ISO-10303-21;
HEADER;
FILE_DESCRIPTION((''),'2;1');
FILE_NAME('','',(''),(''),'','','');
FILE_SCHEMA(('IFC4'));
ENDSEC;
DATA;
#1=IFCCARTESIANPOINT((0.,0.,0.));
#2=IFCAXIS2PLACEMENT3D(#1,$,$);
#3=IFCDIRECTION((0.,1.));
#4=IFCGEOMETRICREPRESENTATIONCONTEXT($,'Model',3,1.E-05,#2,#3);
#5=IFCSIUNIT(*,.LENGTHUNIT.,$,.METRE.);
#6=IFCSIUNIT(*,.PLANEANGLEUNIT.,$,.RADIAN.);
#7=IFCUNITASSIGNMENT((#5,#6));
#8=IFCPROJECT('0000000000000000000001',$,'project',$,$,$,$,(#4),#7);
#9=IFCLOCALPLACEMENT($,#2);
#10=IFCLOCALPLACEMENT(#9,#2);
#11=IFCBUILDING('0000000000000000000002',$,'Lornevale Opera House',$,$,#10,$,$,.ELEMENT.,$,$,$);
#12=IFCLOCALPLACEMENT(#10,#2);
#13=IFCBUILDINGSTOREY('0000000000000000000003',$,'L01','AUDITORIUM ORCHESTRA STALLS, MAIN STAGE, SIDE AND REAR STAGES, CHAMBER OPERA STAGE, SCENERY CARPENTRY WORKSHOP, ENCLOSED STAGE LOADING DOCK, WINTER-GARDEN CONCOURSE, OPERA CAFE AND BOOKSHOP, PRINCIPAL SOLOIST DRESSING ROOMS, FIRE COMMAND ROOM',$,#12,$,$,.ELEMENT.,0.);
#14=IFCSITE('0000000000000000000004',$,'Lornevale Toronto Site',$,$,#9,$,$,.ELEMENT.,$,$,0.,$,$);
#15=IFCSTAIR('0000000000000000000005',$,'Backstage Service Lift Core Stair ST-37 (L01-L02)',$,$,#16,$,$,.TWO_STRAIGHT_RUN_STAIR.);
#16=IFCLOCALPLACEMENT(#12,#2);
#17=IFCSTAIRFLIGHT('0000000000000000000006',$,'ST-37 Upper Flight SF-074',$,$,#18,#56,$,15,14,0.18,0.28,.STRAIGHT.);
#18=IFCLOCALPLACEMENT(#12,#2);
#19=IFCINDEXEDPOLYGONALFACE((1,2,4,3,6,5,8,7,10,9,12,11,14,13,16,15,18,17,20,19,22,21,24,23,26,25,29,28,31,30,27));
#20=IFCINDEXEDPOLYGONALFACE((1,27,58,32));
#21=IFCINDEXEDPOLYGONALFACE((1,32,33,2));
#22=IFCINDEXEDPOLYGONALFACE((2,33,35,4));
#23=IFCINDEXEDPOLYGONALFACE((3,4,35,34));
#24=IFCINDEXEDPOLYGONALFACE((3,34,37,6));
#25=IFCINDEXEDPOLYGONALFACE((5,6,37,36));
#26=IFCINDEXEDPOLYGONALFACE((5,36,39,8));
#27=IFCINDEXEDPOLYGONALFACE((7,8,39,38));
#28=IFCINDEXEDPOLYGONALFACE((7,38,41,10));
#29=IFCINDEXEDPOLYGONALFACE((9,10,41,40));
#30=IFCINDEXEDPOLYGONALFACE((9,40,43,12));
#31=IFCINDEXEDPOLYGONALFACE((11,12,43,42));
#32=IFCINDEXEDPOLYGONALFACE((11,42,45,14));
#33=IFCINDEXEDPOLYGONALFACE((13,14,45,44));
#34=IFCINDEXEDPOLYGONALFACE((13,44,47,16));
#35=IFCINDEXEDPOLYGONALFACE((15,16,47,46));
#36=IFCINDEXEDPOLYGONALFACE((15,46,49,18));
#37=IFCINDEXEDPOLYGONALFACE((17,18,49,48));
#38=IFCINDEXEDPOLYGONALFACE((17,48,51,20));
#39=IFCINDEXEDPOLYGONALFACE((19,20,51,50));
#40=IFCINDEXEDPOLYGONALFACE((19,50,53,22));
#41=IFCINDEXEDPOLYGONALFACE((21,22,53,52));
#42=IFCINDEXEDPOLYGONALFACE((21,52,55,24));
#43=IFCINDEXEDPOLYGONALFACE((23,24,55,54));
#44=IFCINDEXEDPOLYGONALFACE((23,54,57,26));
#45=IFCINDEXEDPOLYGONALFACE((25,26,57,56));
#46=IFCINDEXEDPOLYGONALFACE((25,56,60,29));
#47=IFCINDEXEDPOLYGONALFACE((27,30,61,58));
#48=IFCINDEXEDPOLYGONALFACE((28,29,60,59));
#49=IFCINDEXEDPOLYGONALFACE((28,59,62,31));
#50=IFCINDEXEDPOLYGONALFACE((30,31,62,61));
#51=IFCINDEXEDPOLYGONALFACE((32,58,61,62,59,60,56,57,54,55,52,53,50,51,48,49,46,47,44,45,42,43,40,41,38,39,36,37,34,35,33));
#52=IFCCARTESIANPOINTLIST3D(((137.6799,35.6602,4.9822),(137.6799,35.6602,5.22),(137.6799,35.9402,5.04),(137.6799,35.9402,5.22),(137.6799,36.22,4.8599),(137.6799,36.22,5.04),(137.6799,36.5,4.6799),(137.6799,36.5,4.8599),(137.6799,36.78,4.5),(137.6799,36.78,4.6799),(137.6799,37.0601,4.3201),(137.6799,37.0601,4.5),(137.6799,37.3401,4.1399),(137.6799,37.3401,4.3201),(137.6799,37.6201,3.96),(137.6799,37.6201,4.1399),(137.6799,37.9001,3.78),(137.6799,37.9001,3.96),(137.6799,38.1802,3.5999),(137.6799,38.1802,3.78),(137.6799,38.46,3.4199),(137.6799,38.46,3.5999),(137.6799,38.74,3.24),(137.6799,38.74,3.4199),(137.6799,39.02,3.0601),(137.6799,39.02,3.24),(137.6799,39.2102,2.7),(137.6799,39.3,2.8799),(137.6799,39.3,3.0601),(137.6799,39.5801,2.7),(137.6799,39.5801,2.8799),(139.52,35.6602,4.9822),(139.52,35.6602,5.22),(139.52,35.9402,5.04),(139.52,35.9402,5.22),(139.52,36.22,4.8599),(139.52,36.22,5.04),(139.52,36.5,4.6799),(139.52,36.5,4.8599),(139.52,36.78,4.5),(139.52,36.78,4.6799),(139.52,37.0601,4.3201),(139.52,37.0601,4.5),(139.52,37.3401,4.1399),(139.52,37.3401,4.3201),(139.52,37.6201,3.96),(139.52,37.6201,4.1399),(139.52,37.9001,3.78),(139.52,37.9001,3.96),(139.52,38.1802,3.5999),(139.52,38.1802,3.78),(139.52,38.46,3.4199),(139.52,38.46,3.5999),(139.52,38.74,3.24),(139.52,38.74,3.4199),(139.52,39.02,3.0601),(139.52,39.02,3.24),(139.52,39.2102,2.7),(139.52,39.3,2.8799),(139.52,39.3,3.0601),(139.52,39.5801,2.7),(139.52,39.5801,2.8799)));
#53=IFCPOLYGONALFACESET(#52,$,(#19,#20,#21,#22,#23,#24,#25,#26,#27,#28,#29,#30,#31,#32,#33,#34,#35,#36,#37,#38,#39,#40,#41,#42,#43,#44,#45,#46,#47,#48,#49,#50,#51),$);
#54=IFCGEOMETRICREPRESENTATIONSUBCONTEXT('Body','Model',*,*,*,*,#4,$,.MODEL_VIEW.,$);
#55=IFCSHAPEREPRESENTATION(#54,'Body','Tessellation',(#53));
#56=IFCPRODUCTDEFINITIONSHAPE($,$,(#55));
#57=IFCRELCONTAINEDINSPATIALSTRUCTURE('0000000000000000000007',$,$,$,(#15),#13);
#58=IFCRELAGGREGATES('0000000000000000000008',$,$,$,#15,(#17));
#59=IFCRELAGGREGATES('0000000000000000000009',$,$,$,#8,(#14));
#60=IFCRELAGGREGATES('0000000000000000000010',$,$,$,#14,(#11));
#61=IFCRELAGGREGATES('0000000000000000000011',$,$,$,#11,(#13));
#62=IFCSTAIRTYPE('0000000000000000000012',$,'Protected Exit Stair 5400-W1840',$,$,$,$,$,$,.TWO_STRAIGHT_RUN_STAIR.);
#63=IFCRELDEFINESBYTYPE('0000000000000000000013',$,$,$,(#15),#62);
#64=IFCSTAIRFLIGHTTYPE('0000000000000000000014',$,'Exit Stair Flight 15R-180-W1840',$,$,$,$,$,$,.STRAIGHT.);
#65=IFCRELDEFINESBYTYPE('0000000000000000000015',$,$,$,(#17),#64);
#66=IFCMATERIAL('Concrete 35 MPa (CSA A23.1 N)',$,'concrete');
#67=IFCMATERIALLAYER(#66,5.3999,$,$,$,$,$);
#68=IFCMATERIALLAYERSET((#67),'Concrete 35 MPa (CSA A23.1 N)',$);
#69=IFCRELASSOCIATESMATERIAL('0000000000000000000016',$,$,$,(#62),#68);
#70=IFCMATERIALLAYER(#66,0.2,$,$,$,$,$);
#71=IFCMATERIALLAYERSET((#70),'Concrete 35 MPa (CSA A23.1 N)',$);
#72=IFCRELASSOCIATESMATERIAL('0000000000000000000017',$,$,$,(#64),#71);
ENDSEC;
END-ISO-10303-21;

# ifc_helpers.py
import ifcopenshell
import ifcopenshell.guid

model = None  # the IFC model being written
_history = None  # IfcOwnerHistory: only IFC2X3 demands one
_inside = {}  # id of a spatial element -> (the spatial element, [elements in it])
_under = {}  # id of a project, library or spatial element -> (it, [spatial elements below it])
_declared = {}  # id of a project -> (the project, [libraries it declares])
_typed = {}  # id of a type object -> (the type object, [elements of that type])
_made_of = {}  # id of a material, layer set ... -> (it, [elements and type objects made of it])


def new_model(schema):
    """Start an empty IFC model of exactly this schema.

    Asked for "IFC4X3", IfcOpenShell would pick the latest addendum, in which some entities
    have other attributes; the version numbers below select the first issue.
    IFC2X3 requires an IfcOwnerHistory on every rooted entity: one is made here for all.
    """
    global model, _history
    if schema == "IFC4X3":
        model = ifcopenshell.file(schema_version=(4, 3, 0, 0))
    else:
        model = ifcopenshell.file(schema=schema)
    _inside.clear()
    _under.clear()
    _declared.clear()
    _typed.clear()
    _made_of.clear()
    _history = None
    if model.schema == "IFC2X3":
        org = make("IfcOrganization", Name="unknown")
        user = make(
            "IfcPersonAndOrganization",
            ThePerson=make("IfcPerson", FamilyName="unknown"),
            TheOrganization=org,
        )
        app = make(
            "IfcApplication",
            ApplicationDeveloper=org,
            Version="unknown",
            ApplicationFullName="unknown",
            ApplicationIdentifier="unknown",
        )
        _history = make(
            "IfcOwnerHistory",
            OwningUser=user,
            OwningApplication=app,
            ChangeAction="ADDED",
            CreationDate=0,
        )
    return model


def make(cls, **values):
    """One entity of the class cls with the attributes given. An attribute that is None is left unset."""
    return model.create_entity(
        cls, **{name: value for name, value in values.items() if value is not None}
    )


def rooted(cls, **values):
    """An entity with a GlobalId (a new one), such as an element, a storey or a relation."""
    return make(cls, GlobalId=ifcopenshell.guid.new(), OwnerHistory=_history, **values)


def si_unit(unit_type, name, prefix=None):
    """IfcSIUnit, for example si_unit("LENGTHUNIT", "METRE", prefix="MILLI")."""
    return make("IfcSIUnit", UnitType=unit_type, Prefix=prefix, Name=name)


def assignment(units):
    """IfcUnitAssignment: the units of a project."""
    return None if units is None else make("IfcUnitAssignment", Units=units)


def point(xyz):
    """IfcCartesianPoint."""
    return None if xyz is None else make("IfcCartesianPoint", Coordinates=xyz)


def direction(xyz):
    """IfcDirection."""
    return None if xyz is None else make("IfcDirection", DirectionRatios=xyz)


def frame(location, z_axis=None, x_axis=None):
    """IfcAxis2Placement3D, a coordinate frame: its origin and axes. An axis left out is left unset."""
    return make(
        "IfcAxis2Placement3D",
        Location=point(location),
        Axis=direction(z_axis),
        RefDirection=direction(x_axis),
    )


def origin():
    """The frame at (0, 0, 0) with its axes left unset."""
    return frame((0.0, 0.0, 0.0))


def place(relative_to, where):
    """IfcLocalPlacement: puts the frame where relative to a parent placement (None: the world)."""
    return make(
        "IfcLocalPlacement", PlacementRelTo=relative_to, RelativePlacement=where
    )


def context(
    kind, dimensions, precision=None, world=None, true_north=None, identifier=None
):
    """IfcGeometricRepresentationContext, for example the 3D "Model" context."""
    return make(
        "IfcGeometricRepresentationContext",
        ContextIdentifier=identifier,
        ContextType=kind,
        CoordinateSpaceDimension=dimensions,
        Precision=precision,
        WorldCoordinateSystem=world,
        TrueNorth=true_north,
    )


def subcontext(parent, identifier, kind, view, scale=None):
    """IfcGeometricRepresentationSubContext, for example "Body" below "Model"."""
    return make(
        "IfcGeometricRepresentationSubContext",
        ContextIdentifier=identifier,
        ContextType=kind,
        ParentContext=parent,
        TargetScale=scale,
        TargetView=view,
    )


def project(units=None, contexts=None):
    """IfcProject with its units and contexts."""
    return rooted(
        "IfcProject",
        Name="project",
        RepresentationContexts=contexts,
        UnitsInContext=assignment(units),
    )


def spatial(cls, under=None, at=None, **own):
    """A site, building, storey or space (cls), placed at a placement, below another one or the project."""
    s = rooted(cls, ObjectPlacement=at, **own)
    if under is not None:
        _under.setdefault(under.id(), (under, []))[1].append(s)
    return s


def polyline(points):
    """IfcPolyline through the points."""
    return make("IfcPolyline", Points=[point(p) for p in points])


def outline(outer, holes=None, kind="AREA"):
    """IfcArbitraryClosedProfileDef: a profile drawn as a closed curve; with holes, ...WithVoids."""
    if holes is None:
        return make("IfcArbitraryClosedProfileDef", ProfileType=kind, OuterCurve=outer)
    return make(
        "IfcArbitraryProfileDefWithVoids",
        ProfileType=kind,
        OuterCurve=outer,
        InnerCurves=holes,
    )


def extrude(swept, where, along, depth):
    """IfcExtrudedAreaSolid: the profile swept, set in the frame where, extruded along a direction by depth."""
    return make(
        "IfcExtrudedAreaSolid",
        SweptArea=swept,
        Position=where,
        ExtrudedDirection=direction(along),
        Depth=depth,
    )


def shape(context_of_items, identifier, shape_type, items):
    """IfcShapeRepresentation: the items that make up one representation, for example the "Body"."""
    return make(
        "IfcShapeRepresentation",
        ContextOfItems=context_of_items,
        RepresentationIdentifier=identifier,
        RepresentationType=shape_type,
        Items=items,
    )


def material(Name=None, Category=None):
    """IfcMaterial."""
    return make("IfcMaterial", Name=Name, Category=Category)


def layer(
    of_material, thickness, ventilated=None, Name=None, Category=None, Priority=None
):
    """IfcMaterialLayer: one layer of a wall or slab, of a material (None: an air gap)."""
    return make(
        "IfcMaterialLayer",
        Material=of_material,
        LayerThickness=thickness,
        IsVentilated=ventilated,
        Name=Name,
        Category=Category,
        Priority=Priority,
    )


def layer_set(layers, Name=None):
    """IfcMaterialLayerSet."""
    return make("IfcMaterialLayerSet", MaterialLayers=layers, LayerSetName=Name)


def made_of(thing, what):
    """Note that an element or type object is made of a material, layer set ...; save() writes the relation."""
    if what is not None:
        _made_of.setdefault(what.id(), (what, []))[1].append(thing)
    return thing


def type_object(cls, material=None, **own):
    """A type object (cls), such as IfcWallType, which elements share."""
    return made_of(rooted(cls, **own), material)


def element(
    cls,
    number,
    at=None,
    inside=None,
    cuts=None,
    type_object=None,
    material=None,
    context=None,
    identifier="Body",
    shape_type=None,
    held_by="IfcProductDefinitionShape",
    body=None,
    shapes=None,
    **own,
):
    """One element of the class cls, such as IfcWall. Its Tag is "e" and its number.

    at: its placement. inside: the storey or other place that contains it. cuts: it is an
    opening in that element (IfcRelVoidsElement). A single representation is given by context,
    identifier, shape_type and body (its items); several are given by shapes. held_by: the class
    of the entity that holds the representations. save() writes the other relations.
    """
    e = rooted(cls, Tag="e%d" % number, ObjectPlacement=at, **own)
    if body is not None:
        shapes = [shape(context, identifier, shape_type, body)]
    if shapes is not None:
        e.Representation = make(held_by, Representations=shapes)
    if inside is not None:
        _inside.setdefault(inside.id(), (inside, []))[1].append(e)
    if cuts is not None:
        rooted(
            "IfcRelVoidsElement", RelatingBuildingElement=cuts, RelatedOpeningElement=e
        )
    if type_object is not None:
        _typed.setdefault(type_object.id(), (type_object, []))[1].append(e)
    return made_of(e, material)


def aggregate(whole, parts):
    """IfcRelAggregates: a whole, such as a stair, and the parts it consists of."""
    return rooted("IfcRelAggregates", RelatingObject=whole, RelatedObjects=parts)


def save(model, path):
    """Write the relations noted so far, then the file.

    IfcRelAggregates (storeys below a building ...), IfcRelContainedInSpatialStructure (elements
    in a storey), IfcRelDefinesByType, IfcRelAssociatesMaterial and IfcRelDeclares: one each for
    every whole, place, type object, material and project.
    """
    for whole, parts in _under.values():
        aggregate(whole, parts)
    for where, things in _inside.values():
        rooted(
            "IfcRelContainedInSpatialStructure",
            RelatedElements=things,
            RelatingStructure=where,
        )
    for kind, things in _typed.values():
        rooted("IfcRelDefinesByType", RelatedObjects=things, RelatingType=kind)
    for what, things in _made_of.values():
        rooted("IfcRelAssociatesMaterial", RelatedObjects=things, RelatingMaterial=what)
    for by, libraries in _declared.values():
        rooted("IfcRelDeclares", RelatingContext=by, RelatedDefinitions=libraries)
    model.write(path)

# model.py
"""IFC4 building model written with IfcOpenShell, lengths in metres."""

from ifc_helpers import new_model, si_unit, direction, frame, origin, place, context, subcontext, project, spatial, polyline, outline, extrude, material, layer, layer_set, type_object, element, aggregate, save


model = new_model("IFC4")

# Units and contexts
model_context = context("Model", 3, precision=1e-05, world=origin(), true_north=direction((0.0, 1.0)))
body_context = subcontext(model_context, "Body", "Model", "MODEL_VIEW")
ifc_project = project(units=[si_unit("LENGTHUNIT", "METRE"), si_unit("PLANEANGLEUNIT", "RADIAN")], contexts=[model_context])

# Site, building, storey
site_placement = place(None, origin())
site = spatial("IfcSite", under=ifc_project, at=site_placement, Name="Lornevale Toronto Site", CompositionType="ELEMENT", RefElevation=0.0)
building_placement = place(site_placement, origin())
building = spatial("IfcBuilding", under=site, at=building_placement, Name="Lornevale Opera House", CompositionType="ELEMENT")
storey_placement = place(building_placement, origin())
storey = spatial("IfcBuildingStorey", under=building, at=storey_placement, Name="L01", Description="AUDITORIUM ORCHESTRA STALLS, MAIN STAGE, SIDE AND REAR STAGES, CHAMBER OPERA STAGE, SCENERY CARPENTRY WORKSHOP, ENCLOSED STAGE LOADING DOCK, WINTER-GARDEN CONCOURSE, OPERA CAFE AND BOOKSHOP, PRINCIPAL SOLOIST DRESSING ROOMS, FIRE COMMAND ROOM", CompositionType="ELEMENT", Elevation=0.0)

# Shared definitions
ifc_material_1 = material(Name="Concrete 35 MPa (CSA A23.1 N)", Category="concrete")

# Stair, stair flight
ifc_layer_1 = layer(ifc_material_1, 5.3999)
ifc_layer_set_1 = layer_set([ifc_layer_1], Name="Concrete 35 MPa (CSA A23.1 N)")
stair_type = type_object("IfcStairType", Name="Protected Exit Stair 5400-W1840", PredefinedType="TWO_STRAIGHT_RUN_STAIR", material=ifc_layer_set_1)
stair_placement = place(storey_placement, origin())
stair = element("IfcStair", 1, at=stair_placement, inside=storey, type_object=stair_type, Name="Backstage Service Lift Core Stair ST-37 (L01-L02)", PredefinedType="TWO_STRAIGHT_RUN_STAIR")
ifc_layer_2 = layer(ifc_material_1, 0.2)
ifc_layer_set_2 = layer_set([ifc_layer_2], Name="Concrete 35 MPa (CSA A23.1 N)")
stair_flight_type = type_object("IfcStairFlightType", Name="Exit Stair Flight 15R-180-W1840", PredefinedType="STRAIGHT", material=ifc_layer_set_2)
stair_flight_1_placement = place(storey_placement, frame((138.6001, 39.5801, 2.7), z_axis=(0.0, 0.0, 1.0), x_axis=(0.0, -1.0, 0.0)))
stair_flight_1 = element("IfcStairFlight", 2, at=stair_flight_1_placement, type_object=stair_flight_type, Name="ST-37 Upper Flight SF-074", NumberOfRisers=15, NumberOfTreads=14, PredefinedType="STRAIGHT", RiserHeight=0.18, TreadLength=0.28, context=body_context, shape_type="SweptSolid", body=[
    extrude(outline(polyline([(0.0, 0.0), (0.0, 0.1799), (0.28, 0.1799), (0.28, 0.3601), (0.5601, 0.3601), (0.5601, 0.54), (0.8401, 0.54), (0.8401, 0.72), (1.1201, 0.72), (1.1201, 0.8999), (1.3999, 0.8999), (1.3999, 1.0801), (1.6799, 1.0801), (1.6799, 1.26), (1.96, 1.26), (1.96, 1.4399), (2.24, 1.4399), (2.24, 1.6201), (2.52, 1.6201), (2.52, 1.8), (2.8, 1.8), (2.8, 1.98), (3.0801, 1.98), (3.0801, 2.1599), (3.3601, 2.1599), (3.3601, 2.3401), (3.6399, 2.3401), (3.6399, 2.52), (3.9199, 2.52), (3.9199, 2.2822), (0.3699, 0.0), (0.0, 0.0)])), frame((0.0, 0.9199, 0.0), z_axis=(0.0, -1.0, 0.0), x_axis=(1.0, 0.0, 0.0)), (0.0, 0.0, 1.0), 1.8401),
])
aggregate(stair, [stair_flight_1])

save(model, "model.ifc")
